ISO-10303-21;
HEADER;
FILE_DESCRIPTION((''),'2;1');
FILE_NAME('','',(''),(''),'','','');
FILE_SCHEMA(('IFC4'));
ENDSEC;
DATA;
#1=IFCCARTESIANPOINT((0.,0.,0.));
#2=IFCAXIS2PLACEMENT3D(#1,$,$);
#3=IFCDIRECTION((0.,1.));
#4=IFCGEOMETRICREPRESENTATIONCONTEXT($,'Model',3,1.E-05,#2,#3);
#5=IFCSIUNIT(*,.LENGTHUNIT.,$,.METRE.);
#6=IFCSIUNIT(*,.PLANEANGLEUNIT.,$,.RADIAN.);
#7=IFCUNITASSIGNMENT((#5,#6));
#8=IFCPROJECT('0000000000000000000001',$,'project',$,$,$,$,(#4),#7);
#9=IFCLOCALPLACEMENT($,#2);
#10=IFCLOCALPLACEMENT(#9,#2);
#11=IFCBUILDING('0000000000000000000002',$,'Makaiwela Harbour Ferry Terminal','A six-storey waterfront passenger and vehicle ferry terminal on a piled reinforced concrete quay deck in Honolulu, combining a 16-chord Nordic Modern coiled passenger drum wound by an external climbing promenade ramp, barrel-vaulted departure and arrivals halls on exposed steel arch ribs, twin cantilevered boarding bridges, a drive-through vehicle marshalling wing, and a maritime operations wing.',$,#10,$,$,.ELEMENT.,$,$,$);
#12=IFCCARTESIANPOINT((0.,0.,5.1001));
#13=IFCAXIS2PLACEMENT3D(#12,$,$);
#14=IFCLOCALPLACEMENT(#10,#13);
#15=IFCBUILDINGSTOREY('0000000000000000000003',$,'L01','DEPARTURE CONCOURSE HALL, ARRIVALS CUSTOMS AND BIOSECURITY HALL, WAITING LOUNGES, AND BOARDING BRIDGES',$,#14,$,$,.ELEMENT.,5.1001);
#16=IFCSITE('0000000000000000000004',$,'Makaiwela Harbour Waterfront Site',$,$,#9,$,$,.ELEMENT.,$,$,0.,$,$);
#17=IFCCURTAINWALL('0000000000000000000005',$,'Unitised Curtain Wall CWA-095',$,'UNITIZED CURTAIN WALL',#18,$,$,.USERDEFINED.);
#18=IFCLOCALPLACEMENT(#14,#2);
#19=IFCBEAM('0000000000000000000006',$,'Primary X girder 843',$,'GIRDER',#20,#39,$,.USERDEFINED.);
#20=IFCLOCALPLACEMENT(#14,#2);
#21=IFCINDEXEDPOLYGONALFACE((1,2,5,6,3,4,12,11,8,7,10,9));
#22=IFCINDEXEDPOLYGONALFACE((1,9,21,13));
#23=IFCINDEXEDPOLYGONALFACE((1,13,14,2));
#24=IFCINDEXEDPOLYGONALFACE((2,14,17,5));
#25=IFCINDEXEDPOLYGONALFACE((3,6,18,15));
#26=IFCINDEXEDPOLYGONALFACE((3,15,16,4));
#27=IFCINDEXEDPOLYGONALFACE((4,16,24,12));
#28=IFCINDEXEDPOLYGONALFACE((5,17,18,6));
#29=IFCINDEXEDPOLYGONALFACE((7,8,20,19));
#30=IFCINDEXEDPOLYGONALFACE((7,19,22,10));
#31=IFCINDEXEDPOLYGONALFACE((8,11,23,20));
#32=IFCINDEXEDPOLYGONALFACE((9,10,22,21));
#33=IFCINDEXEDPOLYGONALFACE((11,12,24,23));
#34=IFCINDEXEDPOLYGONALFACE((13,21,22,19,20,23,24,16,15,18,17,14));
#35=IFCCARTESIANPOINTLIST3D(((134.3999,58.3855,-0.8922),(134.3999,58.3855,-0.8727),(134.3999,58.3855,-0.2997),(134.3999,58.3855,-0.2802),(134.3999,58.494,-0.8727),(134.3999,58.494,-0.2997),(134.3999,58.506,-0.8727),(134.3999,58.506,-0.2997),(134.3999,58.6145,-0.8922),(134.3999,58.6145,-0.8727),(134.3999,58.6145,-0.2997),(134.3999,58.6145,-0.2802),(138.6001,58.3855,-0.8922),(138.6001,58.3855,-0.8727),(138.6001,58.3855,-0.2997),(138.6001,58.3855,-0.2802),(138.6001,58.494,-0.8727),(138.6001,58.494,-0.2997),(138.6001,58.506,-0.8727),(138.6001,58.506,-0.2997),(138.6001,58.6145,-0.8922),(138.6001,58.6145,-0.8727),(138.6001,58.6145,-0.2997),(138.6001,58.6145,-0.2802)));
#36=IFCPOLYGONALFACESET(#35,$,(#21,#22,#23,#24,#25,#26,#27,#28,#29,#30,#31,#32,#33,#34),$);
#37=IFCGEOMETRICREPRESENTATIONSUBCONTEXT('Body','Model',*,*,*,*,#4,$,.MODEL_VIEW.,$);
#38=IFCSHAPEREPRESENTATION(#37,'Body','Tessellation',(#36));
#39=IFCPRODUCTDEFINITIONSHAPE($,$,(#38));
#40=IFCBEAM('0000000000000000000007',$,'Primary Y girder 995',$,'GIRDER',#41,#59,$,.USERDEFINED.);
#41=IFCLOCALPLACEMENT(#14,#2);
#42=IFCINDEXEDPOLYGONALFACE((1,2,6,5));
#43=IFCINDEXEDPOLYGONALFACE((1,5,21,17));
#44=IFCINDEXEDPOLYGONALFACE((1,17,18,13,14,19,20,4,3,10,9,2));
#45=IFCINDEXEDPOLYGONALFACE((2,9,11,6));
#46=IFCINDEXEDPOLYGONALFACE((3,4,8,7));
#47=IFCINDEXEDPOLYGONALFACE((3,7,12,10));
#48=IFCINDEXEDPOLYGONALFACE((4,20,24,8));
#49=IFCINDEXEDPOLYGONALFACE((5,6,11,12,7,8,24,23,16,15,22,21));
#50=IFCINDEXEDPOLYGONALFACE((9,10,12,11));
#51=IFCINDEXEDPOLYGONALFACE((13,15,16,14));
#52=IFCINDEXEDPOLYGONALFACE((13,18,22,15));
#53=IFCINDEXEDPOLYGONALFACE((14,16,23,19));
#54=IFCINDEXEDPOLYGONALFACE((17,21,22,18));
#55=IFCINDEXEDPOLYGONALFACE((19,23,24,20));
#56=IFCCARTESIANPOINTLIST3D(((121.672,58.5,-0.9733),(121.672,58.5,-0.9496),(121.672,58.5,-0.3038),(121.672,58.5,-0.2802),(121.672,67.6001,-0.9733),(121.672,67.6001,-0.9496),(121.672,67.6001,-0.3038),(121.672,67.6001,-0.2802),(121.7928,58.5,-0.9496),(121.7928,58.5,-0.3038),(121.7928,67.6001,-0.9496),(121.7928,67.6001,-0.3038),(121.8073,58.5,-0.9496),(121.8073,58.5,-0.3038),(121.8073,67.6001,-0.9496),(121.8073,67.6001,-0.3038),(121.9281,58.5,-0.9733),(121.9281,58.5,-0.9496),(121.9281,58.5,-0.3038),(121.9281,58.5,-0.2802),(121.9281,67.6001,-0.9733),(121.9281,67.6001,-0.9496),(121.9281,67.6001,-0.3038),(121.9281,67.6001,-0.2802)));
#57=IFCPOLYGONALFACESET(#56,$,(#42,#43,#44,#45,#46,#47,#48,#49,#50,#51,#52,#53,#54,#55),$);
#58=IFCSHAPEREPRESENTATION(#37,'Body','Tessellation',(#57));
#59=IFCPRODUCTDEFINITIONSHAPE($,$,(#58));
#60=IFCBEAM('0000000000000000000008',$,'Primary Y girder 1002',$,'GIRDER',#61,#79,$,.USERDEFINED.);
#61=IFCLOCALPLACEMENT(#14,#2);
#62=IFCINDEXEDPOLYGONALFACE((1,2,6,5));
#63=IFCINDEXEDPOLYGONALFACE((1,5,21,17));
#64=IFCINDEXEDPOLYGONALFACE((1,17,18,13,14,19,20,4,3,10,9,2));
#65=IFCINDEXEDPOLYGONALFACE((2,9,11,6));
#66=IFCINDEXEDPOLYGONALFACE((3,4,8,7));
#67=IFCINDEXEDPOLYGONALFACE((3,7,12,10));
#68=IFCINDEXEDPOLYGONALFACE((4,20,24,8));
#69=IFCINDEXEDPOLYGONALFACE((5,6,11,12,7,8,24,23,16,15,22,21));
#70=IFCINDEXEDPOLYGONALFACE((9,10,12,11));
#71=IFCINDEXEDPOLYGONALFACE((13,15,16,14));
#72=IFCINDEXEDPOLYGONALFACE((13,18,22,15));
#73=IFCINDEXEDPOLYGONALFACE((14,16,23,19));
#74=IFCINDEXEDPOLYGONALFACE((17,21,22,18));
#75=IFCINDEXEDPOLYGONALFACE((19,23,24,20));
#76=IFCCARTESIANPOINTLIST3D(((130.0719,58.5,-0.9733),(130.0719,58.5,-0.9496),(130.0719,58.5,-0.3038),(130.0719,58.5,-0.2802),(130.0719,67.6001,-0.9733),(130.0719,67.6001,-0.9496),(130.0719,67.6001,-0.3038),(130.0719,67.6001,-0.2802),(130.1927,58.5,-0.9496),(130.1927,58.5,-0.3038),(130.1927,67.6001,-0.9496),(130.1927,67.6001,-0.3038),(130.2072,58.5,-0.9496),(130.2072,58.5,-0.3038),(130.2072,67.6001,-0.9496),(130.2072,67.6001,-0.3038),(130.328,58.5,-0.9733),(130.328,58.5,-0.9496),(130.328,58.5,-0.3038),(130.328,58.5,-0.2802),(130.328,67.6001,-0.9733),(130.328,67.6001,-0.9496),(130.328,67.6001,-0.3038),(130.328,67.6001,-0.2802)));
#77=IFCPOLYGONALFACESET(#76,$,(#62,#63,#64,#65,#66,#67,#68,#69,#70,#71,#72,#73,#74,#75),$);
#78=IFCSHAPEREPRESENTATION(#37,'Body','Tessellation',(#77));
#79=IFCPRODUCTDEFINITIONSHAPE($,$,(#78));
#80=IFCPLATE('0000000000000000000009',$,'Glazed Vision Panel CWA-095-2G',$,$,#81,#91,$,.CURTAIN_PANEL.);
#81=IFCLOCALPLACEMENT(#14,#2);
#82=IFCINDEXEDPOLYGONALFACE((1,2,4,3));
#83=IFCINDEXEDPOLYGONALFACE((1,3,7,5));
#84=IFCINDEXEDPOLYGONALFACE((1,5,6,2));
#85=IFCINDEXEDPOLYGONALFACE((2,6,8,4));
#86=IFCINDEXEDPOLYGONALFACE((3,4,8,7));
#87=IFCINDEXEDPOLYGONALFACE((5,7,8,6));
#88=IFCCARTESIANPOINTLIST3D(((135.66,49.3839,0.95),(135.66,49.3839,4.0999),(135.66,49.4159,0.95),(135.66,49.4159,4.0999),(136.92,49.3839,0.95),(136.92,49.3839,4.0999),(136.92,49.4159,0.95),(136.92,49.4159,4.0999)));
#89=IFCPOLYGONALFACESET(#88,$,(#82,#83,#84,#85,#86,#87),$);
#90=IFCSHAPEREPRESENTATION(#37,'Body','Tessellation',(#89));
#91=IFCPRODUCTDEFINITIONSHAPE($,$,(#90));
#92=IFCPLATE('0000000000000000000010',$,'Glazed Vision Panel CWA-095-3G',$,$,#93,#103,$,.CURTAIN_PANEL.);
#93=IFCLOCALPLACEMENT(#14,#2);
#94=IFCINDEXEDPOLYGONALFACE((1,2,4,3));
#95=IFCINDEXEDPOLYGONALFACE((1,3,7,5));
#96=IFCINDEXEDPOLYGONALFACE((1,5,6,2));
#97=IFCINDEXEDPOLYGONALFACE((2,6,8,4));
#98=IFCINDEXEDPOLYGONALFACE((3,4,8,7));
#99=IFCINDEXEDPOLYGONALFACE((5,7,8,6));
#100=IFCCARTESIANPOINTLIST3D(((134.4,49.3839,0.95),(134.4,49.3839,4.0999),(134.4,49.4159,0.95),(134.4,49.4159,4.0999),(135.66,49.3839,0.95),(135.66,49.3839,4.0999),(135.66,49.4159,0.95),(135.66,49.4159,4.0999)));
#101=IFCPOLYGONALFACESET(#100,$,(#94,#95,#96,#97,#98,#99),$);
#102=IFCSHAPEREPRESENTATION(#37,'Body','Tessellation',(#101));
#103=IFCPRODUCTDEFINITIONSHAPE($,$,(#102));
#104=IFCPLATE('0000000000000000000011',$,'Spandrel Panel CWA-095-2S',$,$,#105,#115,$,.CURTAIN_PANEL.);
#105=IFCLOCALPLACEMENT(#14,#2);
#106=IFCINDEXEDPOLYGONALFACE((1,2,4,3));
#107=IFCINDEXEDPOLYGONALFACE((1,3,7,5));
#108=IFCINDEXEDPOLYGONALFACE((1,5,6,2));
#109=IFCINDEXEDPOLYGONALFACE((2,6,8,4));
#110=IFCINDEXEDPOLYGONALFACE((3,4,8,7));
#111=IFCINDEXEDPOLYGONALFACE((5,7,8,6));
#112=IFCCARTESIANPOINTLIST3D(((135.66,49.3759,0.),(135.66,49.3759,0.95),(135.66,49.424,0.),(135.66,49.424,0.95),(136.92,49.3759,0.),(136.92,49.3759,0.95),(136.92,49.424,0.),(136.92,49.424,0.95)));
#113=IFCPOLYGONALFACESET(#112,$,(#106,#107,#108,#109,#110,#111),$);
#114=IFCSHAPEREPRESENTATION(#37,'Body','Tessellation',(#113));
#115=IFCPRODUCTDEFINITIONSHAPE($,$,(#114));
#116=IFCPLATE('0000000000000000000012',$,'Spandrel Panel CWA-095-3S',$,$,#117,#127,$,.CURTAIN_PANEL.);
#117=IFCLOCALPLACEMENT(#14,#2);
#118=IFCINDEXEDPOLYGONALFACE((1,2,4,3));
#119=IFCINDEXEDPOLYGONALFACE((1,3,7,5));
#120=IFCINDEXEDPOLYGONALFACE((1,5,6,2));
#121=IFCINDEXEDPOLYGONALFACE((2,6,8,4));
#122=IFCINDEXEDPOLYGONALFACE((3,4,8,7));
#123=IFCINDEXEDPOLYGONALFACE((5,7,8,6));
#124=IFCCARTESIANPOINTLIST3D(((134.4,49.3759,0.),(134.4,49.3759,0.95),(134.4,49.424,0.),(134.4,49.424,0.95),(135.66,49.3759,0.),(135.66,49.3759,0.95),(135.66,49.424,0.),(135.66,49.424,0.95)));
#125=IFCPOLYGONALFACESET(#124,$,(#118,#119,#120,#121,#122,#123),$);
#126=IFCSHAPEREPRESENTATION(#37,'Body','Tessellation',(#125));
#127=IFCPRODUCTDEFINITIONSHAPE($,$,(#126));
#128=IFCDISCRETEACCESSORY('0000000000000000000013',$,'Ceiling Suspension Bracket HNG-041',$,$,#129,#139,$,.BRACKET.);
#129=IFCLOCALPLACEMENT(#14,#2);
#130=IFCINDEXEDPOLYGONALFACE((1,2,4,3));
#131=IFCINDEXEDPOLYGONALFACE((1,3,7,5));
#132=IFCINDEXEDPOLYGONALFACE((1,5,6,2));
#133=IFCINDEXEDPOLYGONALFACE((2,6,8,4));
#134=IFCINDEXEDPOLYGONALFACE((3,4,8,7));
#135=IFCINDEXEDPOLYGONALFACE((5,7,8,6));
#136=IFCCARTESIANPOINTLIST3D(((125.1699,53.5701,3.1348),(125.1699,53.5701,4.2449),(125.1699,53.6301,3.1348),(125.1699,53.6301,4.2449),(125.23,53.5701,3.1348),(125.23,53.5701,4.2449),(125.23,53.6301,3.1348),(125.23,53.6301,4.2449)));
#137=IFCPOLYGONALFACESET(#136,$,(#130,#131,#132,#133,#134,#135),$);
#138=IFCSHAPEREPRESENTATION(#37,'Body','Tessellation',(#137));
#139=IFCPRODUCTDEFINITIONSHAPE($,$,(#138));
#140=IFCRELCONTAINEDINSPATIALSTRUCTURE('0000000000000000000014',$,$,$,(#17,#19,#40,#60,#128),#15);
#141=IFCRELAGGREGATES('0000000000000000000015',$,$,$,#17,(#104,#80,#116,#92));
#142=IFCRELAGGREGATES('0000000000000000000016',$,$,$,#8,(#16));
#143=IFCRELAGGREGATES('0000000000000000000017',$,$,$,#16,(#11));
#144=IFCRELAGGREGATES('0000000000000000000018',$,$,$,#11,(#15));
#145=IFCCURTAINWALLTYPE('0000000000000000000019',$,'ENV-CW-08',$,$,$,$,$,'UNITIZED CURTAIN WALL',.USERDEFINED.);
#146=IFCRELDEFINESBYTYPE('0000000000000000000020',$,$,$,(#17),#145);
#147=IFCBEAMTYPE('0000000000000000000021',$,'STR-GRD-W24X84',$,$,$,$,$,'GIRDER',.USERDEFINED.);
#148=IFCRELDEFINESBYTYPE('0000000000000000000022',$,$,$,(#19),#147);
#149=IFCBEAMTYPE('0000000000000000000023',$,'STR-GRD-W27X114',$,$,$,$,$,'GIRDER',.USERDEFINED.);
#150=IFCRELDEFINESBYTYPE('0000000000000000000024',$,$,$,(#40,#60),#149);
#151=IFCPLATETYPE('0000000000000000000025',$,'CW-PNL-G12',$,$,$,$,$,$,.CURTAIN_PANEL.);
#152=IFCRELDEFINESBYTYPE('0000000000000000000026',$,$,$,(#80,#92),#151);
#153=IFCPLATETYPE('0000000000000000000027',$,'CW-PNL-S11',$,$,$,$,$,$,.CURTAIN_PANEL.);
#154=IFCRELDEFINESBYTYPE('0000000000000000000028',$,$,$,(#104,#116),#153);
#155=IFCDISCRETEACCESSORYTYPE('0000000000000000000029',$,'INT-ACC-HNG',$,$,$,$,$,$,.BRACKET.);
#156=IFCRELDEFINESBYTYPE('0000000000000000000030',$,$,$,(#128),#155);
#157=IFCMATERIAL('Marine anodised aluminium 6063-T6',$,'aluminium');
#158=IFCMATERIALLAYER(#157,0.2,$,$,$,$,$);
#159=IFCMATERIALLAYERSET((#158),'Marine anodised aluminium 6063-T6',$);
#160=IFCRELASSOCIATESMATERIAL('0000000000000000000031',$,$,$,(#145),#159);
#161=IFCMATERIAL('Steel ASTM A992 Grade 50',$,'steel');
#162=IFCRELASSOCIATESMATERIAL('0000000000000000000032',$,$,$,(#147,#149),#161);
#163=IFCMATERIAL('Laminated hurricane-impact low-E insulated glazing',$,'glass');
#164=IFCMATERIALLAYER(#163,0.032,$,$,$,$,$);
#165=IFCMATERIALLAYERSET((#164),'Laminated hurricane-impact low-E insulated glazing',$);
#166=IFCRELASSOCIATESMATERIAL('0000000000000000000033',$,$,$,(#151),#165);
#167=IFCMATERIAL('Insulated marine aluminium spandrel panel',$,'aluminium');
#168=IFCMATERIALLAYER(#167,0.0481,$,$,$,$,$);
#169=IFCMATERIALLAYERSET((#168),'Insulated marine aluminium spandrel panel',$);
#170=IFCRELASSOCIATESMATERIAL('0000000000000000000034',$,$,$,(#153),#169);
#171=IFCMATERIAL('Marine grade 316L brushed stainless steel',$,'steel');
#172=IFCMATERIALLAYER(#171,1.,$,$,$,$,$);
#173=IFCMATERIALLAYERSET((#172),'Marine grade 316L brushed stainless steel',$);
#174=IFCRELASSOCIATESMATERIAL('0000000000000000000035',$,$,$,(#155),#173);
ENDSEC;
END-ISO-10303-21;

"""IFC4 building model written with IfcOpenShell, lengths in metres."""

from ifc_helpers import new_model, si_unit, direction, frame, origin, origin_2d, place, context, subcontext, project, spatial, rectangle, i_section, extrude, material, layer, layer_set, material_profile, profile_set, type_object, element, aggregate, save


model = new_model("IFC4")

# Units and contexts
model_context = context("Model", 3, precision=1e-05, world=origin(), true_north=direction((0.0, 1.0)))
body_context = subcontext(model_context, "Body", "Model", "MODEL_VIEW")
ifc_project = project(units=[si_unit("LENGTHUNIT", "METRE"), si_unit("PLANEANGLEUNIT", "RADIAN")], contexts=[model_context])

# Site, building, storey
site_placement = place(None, origin())
site = spatial("IfcSite", under=ifc_project, at=site_placement, Name="Makaiwela Harbour Waterfront Site", CompositionType="ELEMENT", RefElevation=0.0)
building_placement = place(site_placement, origin())
building = spatial("IfcBuilding", under=site, at=building_placement, Name="Makaiwela Harbour Ferry Terminal", Description="A six-storey waterfront passenger and vehicle ferry terminal on a piled reinforced concrete quay deck in Honolulu, combining a 16-chord Nordic Modern coiled passenger drum wound by an external climbing promenade ramp, barrel-vaulted departure and arrivals halls on exposed steel arch ribs, twin cantilevered boarding bridges, a drive-through vehicle marshalling wing, and a maritime operations wing.", CompositionType="ELEMENT")
storey_placement = place(building_placement, frame((0.0, 0.0, 5.1001)))
storey = spatial("IfcBuildingStorey", under=building, at=storey_placement, Name="L01", Description="DEPARTURE CONCOURSE HALL, ARRIVALS CUSTOMS AND BIOSECURITY HALL, WAITING LOUNGES, AND BOARDING BRIDGES", CompositionType="ELEMENT", Elevation=5.1001)

# Shared definitions
ifc_material_1 = material(Name="Steel ASTM A992 Grade 50", Category="steel")

# Curtain wall
ifc_material_2 = material(Name="Marine anodised aluminium 6063-T6", Category="aluminium")
ifc_layer_1 = layer(ifc_material_2, 0.2)
ifc_layer_set_1 = layer_set([ifc_layer_1], Name="Marine anodised aluminium 6063-T6")
curtain_wall_type = type_object("IfcCurtainWallType", Name="ENV-CW-08", ElementType="UNITIZED CURTAIN WALL", PredefinedType="USERDEFINED", material=ifc_layer_set_1)
curtain_wall_placement = place(storey_placement, origin())
curtain_wall = element("IfcCurtainWall", 1, at=curtain_wall_placement, inside=storey, type_object=curtain_wall_type, Name="Unitised Curtain Wall CWA-095", ObjectType="UNITIZED CURTAIN WALL", PredefinedType="USERDEFINED")

# Beams
ifc_material_profile_1 = material_profile(ifc_material_1, i_section(OverallWidth=0.229, OverallDepth=0.6121, WebThickness=0.012, FlangeThickness=0.0195, at=origin_2d()), Name="W24X84")
ifc_profile_set_1 = profile_set([ifc_material_profile_1], Name="Steel ASTM A992 Grade 50")
beam_type_1 = type_object("IfcBeamType", Name="STR-GRD-W24X84", ElementType="GIRDER", PredefinedType="USERDEFINED", material=ifc_profile_set_1)
beam_1_placement = place(storey_placement, frame((134.3999, 58.5, -0.5862), z_axis=(1.0, 0.0, 0.0), x_axis=(0.0, 1.0, 0.0)))
element("IfcBeam", 2, at=beam_1_placement, inside=storey, type_object=beam_type_1, Name="Primary X girder 843", ObjectType="GIRDER", PredefinedType="USERDEFINED", context=body_context, shape_type="SweptSolid", body=[
    extrude(i_section(OverallWidth=0.229, OverallDepth=0.6121, WebThickness=0.012, FlangeThickness=0.0195, at=origin_2d()), origin(), (0.0, 0.0, 1.0), 4.2002),
])
ifc_material_profile_2 = material_profile(ifc_material_1, i_section(OverallWidth=0.2561, OverallDepth=0.6931, WebThickness=0.0144, FlangeThickness=0.0237, at=origin_2d()), Name="W27X114")
ifc_profile_set_2 = profile_set([ifc_material_profile_2], Name="Steel ASTM A992 Grade 50")
beam_type_2 = type_object("IfcBeamType", Name="STR-GRD-W27X114", ElementType="GIRDER", PredefinedType="USERDEFINED", material=ifc_profile_set_2)
for number, where, z_axis, x_axis, name in (
    (3, (121.8, 58.5, -0.6267), (0.0, 1.0, 0.0), (-1.0, 0.0, 0.0), "Primary Y girder 995"),
    (4, (130.2, 58.5, -0.6267), (0.0, 1.0, 0.0), (-1.0, 0.0, 0.0), "Primary Y girder 1002"),
):
    element("IfcBeam", number, at=place(storey_placement, frame(where, z_axis=z_axis, x_axis=x_axis)), inside=storey, type_object=beam_type_2, Name=name, ObjectType="GIRDER", PredefinedType="USERDEFINED", context=body_context, shape_type="SweptSolid", body=[
        extrude(i_section(OverallWidth=0.2561, OverallDepth=0.6931, WebThickness=0.0144, FlangeThickness=0.0237, at=origin_2d()), origin(), (0.0, 0.0, 1.0), 9.1001),
    ])

# Plates
ifc_material_3 = material(Name="Laminated hurricane-impact low-E insulated glazing", Category="glass")
ifc_layer_2 = layer(ifc_material_3, 0.032)
ifc_layer_set_2 = layer_set([ifc_layer_2], Name="Laminated hurricane-impact low-E insulated glazing")
plate_type_1 = type_object("IfcPlateType", Name="CW-PNL-G12", PredefinedType="CURTAIN_PANEL", material=ifc_layer_set_2)
plate_1_placement = place(storey_placement, frame((136.29, 49.3999, 0.95), z_axis=(0.0, 0.0, 1.0), x_axis=(-1.0, 0.0, 0.0)))
plate_1 = element("IfcPlate", 5, at=plate_1_placement, type_object=plate_type_1, Name="Glazed Vision Panel CWA-095-2G", PredefinedType="CURTAIN_PANEL", context=body_context, shape_type="SweptSolid", body=[
    extrude(rectangle(XDim=1.26, YDim=0.032, at=origin_2d()), origin(), (0.0, 0.0, 1.0), 3.1499),
])
plate_2_placement = place(storey_placement, frame((135.03, 49.3999, 0.95), z_axis=(0.0, 0.0, 1.0), x_axis=(-1.0, 0.0, 0.0)))
plate_2 = element("IfcPlate", 6, at=plate_2_placement, type_object=plate_type_1, Name="Glazed Vision Panel CWA-095-3G", PredefinedType="CURTAIN_PANEL", context=body_context, shape_type="SweptSolid", body=[
    extrude(rectangle(XDim=1.26, YDim=0.032, at=origin_2d()), origin(), (0.0, 0.0, 1.0), 3.1499),
])
ifc_material_4 = material(Name="Insulated marine aluminium spandrel panel", Category="aluminium")
ifc_layer_3 = layer(ifc_material_4, 0.0481)
ifc_layer_set_3 = layer_set([ifc_layer_3], Name="Insulated marine aluminium spandrel panel")
plate_type_2 = type_object("IfcPlateType", Name="CW-PNL-S11", PredefinedType="CURTAIN_PANEL", material=ifc_layer_set_3)
plate_3_placement = place(storey_placement, frame((136.29, 49.3999, 0.0), z_axis=(0.0, 0.0, 1.0), x_axis=(-1.0, 0.0, 0.0)))
plate_3 = element("IfcPlate", 7, at=plate_3_placement, type_object=plate_type_2, Name="Spandrel Panel CWA-095-2S", PredefinedType="CURTAIN_PANEL", context=body_context, shape_type="SweptSolid", body=[
    extrude(rectangle(XDim=1.26, YDim=0.0481, at=origin_2d()), origin(), (0.0, 0.0, 1.0), 0.95),
])
plate_4_placement = place(storey_placement, frame((135.03, 49.3999, 0.0), z_axis=(0.0, 0.0, 1.0), x_axis=(-1.0, 0.0, 0.0)))
plate_4 = element("IfcPlate", 8, at=plate_4_placement, type_object=plate_type_2, Name="Spandrel Panel CWA-095-3S", PredefinedType="CURTAIN_PANEL", context=body_context, shape_type="SweptSolid", body=[
    extrude(rectangle(XDim=1.26, YDim=0.0481, at=origin_2d()), origin(), (0.0, 0.0, 1.0), 0.95),
])
aggregate(curtain_wall, [plate_3, plate_1, plate_4, plate_2])

# Discrete accessory
ifc_material_5 = material(Name="Marine grade 316L brushed stainless steel", Category="steel")
ifc_layer_4 = layer(ifc_material_5, 1.0)
ifc_layer_set_4 = layer_set([ifc_layer_4], Name="Marine grade 316L brushed stainless steel")
discrete_accessory_type = type_object("IfcDiscreteAccessoryType", Name="INT-ACC-HNG", PredefinedType="BRACKET", material=ifc_layer_set_4)
discrete_accessory_placement = place(storey_placement, frame((125.2, 53.6001, 3.1348), z_axis=(0.0, 0.0, 1.0), x_axis=(1.0, 0.0, 0.0)))
element("IfcDiscreteAccessory", 9, at=discrete_accessory_placement, inside=storey, type_object=discrete_accessory_type, Name="Ceiling Suspension Bracket HNG-041", PredefinedType="BRACKET", context=body_context, shape_type="SweptSolid", body=[
    extrude(rectangle(XDim=0.0601, YDim=0.0601, at=origin_2d()), origin(), (0.0, 0.0, 1.0), 1.1101),
])

save(model, "model.ifc")
